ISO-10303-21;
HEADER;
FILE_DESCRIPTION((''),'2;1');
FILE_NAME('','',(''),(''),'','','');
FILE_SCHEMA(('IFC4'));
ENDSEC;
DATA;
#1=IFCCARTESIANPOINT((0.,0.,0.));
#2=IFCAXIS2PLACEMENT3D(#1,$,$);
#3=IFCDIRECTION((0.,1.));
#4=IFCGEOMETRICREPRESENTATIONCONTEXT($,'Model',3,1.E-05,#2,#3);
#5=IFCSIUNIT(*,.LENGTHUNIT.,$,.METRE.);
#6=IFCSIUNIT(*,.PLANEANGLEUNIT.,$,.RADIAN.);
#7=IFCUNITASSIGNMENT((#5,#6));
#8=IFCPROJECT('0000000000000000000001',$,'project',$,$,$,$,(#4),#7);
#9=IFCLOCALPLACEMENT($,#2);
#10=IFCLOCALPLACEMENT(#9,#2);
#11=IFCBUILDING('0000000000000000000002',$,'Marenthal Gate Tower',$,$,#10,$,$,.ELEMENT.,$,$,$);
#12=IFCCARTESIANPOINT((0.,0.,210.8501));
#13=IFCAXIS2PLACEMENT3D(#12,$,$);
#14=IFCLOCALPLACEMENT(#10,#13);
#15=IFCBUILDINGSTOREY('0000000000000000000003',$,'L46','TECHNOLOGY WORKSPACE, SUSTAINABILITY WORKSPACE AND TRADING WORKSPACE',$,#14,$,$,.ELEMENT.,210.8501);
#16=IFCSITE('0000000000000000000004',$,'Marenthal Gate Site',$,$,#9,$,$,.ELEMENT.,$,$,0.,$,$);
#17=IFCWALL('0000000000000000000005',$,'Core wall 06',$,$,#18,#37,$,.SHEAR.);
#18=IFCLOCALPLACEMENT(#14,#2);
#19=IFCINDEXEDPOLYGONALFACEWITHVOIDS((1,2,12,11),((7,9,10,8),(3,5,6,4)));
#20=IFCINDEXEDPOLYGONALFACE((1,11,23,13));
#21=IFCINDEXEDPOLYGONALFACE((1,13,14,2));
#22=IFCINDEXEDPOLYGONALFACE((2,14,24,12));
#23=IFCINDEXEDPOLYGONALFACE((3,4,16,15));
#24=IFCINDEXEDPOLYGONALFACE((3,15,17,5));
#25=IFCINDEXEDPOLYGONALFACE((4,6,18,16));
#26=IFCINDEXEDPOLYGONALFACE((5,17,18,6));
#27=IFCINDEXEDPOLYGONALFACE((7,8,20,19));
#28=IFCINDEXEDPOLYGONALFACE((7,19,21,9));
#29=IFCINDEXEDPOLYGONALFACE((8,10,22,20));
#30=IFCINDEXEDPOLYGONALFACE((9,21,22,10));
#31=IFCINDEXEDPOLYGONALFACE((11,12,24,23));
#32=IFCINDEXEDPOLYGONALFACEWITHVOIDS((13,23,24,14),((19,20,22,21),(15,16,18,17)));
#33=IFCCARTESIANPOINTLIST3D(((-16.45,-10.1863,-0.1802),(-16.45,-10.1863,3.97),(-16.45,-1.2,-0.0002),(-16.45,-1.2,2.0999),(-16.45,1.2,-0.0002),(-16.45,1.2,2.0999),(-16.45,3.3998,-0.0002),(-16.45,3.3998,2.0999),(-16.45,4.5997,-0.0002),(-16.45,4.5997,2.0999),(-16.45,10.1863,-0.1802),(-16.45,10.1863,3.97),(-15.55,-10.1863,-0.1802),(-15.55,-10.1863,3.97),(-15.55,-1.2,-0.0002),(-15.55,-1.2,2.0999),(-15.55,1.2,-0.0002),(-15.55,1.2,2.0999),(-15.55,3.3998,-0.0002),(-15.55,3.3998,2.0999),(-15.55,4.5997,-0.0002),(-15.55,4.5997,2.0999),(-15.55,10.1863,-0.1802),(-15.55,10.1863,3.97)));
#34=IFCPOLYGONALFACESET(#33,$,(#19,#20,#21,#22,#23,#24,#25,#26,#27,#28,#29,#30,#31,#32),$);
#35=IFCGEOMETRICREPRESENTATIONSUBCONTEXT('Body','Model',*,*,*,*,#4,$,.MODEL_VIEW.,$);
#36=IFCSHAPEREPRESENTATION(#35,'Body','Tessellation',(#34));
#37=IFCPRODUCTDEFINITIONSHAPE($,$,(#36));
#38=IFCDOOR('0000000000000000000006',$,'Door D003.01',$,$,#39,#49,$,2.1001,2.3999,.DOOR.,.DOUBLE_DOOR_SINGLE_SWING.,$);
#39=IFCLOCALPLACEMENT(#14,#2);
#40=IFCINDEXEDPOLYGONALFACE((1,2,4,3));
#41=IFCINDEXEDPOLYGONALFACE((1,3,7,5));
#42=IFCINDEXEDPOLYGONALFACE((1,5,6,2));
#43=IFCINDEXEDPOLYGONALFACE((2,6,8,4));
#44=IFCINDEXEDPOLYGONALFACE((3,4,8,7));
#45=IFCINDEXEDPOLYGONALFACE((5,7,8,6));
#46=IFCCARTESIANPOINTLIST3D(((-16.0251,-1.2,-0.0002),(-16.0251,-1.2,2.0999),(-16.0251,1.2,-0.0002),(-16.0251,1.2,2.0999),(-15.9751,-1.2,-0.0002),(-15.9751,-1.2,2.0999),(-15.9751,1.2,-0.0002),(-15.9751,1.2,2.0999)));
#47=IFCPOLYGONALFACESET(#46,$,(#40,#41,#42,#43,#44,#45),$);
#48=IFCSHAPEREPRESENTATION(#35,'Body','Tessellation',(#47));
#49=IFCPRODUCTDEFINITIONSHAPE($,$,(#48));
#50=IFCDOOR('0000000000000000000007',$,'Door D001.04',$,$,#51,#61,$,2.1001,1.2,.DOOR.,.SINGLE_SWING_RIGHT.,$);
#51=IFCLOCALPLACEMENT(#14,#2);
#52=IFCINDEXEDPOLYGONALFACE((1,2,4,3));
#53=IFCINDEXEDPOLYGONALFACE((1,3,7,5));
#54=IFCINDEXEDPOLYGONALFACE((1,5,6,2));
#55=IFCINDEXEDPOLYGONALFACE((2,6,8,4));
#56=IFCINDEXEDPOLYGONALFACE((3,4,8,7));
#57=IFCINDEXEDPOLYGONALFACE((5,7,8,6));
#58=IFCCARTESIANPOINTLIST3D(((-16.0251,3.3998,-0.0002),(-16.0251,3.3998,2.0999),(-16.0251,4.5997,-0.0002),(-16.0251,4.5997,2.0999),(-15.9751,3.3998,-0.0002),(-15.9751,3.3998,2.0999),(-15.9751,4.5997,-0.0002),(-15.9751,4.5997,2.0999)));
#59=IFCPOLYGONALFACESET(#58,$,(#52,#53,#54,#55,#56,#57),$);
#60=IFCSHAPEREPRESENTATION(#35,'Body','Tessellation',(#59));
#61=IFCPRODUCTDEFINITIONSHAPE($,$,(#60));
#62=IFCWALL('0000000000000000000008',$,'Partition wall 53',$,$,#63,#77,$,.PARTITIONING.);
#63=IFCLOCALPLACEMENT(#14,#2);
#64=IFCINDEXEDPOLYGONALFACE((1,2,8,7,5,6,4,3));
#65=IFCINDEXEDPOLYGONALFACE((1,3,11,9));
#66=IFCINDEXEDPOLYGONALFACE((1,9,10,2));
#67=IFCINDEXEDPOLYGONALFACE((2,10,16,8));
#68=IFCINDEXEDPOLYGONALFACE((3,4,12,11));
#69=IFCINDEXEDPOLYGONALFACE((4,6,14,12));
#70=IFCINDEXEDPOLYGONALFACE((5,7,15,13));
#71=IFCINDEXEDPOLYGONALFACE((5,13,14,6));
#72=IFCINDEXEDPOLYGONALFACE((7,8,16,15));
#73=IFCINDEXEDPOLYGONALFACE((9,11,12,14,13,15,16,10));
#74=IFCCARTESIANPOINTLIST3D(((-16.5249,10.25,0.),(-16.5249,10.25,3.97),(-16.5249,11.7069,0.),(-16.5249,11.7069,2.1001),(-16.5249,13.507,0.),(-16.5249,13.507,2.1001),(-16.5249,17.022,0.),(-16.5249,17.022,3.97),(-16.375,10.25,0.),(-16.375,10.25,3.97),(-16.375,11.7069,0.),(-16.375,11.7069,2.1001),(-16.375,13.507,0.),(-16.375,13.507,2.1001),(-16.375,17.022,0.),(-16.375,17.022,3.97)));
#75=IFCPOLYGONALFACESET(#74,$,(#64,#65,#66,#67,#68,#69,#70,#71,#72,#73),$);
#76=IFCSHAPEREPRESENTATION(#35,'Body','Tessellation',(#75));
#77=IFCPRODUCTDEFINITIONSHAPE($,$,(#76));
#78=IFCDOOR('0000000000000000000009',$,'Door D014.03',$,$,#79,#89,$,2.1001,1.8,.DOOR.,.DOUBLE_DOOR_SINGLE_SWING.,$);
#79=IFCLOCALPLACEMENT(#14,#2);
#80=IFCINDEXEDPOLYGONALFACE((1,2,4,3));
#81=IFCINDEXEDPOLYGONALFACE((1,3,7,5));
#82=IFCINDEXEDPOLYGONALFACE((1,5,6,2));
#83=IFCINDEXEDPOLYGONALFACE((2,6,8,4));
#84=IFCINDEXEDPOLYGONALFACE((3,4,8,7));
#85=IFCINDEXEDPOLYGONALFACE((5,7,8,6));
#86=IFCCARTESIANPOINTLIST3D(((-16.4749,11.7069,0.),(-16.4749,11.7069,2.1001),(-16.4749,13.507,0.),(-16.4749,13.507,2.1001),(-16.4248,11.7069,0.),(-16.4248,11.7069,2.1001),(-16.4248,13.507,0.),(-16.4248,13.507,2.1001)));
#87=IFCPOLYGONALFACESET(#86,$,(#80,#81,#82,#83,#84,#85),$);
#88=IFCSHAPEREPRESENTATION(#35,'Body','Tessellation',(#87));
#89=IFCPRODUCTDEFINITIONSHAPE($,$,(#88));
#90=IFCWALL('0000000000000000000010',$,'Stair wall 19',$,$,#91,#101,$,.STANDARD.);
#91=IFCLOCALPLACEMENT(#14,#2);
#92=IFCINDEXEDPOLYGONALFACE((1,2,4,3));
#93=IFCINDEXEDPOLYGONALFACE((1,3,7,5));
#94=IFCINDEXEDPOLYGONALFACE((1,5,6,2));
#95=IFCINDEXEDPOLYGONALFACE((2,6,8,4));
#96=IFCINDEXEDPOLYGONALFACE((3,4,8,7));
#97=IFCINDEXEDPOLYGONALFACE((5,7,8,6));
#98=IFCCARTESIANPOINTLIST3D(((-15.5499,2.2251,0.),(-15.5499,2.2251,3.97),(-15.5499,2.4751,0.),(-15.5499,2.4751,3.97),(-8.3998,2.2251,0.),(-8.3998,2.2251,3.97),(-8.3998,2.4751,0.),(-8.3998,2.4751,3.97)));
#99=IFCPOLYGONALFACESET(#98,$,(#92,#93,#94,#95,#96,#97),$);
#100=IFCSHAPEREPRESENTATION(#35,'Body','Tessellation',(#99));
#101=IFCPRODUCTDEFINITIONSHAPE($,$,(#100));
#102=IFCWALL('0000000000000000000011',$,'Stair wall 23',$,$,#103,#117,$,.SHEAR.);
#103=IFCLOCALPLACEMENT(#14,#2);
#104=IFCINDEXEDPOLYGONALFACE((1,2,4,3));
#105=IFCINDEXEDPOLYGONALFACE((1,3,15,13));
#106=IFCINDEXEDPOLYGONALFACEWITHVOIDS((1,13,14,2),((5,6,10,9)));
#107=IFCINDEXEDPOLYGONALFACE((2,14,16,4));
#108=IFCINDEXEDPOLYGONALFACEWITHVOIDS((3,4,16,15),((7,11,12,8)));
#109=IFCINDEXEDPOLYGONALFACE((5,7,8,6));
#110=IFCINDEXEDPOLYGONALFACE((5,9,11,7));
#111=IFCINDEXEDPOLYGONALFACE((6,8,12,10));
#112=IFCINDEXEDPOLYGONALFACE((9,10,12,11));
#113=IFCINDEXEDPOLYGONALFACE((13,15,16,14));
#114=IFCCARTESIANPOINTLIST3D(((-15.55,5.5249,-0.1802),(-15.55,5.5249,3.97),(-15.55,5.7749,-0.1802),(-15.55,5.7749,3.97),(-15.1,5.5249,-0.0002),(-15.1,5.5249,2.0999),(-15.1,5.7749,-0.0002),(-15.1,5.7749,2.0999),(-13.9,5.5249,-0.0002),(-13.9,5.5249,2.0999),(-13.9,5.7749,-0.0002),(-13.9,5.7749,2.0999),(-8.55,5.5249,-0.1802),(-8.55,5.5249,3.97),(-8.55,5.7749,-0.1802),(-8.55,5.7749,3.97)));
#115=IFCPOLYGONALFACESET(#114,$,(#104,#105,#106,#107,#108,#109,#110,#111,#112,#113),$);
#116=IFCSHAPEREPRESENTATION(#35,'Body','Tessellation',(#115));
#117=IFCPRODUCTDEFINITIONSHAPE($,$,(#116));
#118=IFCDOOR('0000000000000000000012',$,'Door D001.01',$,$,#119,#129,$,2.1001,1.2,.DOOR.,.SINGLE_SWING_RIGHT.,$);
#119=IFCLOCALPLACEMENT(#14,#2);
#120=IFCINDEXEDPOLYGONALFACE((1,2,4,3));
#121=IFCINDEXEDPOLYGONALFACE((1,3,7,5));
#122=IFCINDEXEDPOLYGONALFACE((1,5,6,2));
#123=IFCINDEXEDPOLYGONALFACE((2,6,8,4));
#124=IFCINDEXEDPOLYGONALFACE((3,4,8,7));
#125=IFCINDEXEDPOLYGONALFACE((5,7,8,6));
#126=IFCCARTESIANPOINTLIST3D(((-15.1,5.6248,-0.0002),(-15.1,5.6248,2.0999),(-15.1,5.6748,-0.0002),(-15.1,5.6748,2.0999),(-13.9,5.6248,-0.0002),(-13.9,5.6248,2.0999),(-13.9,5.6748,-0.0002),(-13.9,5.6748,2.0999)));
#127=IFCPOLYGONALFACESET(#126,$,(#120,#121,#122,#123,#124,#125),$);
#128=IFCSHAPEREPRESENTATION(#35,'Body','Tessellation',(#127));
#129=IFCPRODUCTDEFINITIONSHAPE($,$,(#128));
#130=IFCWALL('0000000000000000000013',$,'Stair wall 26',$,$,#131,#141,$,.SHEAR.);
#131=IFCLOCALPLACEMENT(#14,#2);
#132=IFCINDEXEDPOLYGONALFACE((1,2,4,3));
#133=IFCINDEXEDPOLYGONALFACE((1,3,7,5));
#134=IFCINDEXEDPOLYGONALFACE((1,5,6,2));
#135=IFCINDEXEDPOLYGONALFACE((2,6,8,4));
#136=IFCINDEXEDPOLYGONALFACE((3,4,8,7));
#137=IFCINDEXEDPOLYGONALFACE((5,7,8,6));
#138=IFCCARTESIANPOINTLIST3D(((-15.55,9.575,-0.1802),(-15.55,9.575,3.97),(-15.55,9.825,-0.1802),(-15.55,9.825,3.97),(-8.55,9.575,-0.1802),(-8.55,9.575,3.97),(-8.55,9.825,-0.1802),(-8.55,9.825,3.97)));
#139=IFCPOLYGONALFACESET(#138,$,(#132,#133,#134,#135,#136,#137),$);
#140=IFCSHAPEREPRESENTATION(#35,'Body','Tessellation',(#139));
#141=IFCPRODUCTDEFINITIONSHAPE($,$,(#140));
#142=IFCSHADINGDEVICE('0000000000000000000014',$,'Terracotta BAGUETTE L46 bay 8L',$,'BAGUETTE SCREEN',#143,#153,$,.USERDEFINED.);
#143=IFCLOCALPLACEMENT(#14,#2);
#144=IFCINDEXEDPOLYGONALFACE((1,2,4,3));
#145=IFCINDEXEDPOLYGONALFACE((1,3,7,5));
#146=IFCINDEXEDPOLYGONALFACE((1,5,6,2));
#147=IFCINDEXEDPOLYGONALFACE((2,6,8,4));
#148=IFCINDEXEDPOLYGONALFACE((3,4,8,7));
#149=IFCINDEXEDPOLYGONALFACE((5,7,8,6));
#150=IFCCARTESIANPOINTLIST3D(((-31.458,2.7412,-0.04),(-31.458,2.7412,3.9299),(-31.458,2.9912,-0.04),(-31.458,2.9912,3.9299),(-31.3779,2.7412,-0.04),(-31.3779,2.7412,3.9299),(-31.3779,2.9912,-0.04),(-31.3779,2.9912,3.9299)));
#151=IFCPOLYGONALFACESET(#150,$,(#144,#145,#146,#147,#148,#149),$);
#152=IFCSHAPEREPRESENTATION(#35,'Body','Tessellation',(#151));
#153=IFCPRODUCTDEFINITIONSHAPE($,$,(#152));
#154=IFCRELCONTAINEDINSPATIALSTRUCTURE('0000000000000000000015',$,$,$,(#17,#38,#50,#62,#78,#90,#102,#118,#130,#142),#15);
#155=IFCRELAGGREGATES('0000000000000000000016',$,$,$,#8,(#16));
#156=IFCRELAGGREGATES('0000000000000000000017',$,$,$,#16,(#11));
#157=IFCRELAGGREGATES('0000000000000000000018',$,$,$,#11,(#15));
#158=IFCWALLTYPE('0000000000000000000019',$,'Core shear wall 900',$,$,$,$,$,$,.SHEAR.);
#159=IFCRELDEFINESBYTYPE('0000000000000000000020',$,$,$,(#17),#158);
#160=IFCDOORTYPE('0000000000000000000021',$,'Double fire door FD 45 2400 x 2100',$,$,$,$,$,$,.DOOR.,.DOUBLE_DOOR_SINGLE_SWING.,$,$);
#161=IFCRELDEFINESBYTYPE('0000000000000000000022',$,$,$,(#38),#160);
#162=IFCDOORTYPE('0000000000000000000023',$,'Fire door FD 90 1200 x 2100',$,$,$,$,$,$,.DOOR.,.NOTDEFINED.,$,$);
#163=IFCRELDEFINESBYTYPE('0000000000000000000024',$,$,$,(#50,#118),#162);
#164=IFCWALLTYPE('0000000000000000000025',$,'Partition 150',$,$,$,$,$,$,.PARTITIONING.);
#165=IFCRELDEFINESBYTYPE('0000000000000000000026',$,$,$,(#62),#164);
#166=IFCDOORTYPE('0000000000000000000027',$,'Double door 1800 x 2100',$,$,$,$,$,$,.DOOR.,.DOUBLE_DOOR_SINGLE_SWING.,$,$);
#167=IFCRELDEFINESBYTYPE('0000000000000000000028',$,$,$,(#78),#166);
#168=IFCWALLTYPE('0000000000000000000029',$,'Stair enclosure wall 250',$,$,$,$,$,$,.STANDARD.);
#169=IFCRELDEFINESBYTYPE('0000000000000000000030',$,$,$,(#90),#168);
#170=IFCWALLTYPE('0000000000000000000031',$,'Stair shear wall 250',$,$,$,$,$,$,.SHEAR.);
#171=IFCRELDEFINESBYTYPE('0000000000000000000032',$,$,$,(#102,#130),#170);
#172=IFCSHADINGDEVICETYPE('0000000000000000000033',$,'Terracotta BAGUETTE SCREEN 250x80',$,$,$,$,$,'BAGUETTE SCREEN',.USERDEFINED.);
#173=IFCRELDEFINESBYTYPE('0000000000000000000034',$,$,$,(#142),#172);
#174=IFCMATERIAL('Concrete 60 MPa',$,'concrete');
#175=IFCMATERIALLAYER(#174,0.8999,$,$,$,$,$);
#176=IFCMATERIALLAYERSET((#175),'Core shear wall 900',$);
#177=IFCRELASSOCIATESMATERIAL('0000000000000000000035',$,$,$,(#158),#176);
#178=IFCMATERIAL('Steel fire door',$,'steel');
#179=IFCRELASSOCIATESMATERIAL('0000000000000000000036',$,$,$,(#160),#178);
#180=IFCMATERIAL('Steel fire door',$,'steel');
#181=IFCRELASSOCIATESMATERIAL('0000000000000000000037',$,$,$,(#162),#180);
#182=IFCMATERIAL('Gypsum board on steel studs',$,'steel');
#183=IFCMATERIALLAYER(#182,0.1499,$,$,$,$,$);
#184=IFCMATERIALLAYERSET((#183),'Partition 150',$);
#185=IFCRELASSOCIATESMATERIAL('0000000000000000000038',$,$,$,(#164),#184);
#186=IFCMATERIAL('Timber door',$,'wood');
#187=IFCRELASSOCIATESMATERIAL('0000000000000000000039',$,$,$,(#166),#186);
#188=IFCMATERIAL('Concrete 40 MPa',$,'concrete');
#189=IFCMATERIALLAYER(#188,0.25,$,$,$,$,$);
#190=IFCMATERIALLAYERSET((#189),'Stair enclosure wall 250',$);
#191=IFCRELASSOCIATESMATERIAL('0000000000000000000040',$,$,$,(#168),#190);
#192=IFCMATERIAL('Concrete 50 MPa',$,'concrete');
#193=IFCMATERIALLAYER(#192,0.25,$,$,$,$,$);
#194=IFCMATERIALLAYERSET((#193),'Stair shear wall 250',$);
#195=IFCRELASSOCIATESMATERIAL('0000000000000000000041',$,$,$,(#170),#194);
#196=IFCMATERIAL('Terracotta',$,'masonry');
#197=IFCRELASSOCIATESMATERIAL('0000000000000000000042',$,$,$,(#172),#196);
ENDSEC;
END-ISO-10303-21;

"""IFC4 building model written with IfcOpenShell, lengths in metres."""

from ifc_helpers import new_model, si_unit, direction, frame, frame_2d, origin, origin_2d, place, context, subcontext, project, spatial, rectangle, extrude, material, layer, layer_set, material_profile, profile_set, type_object, element, fill, save


model = new_model("IFC4")

# Units and contexts
model_context = context("Model", 3, precision=1e-05, world=origin(), true_north=direction((0.0, 1.0)))
body_context = subcontext(model_context, "Body", "Model", "MODEL_VIEW")
ifc_project = project(units=[si_unit("LENGTHUNIT", "METRE"), si_unit("PLANEANGLEUNIT", "RADIAN")], contexts=[model_context])

# Site, building, storey
site_placement = place(None, origin())
site = spatial("IfcSite", under=ifc_project, at=site_placement, Name="Marenthal Gate Site", CompositionType="ELEMENT", RefElevation=0.0)
building_placement = place(site_placement, origin())
building = spatial("IfcBuilding", under=site, at=building_placement, Name="Marenthal Gate Tower", CompositionType="ELEMENT")
storey_placement = place(building_placement, frame((0.0, 0.0, 210.8501)))
storey = spatial("IfcBuildingStorey", under=building, at=storey_placement, Name="L46", Description="TECHNOLOGY WORKSPACE, SUSTAINABILITY WORKSPACE AND TRADING WORKSPACE", CompositionType="ELEMENT", Elevation=210.8501)

# Wall, openings, doors
ifc_material_1 = material(Name="Concrete 60 MPa", Category="concrete")
ifc_layer_1 = layer(ifc_material_1, 0.8999)
ifc_layer_set_1 = layer_set([ifc_layer_1], Name="Core shear wall 900")
wall_type_1 = type_object("IfcWallType", Name="Core shear wall 900", PredefinedType="SHEAR", material=ifc_layer_set_1)
wall_1_placement = place(storey_placement, frame((-16.0, 10.1863, -0.1802), z_axis=(0.0, 0.0, 1.0), x_axis=(0.0, -1.0, 0.0)))
wall_1 = element("IfcWall", 1, at=wall_1_placement, inside=storey, type_object=wall_type_1, Name="Core wall 06", PredefinedType="SHEAR", context=body_context, shape_type="SweptSolid", body=[
    extrude(rectangle(XDim=20.3726, YDim=0.8999, at=frame_2d((10.1863, 0.0))), origin(), (0.0, 0.0, 1.0), 4.1501),
])
opening_1_placement = place(wall_1_placement, frame((8.9863, 0.0, 0.1799)))
opening_1 = element("IfcOpeningElement", 2, at=opening_1_placement, cuts=wall_1, PredefinedType="OPENING", context=body_context, shape_type="SweptSolid", body=[
    extrude(rectangle(XDim=2.3999, YDim=2.1001, at=frame_2d((1.2, 1.05))), frame((0.0, 0.46, 0.0), z_axis=(0.0, -1.0, 0.0), x_axis=(1.0, 0.0, 0.0)), (0.0, 0.0, 1.0), 0.9199),
])
opening_2_placement = place(wall_1_placement, frame((5.5864, 0.0, 0.1799)))
opening_2 = element("IfcOpeningElement", 3, at=opening_2_placement, cuts=wall_1, PredefinedType="OPENING", context=body_context, shape_type="SweptSolid", body=[
    extrude(rectangle(XDim=1.2, YDim=2.1001, at=frame_2d((0.6001, 1.05))), frame((0.0, 0.46, 0.0), z_axis=(0.0, -1.0, 0.0), x_axis=(1.0, 0.0, 0.0)), (0.0, 0.0, 1.0), 0.9199),
])
ifc_material_2 = material(Name="Steel fire door", Category="steel")
door_type_1 = type_object("IfcDoorType", Name="Double fire door FD 45 2400 x 2100", OperationType="DOUBLE_DOOR_SINGLE_SWING", PredefinedType="DOOR", material=ifc_material_2)
door_1_placement = place(opening_1_placement, origin())
door_1 = element("IfcDoor", 4, at=door_1_placement, inside=storey, type_object=door_type_1, Name="Door D003.01", OperationType="DOUBLE_DOOR_SINGLE_SWING", OverallHeight=2.1001, OverallWidth=2.3999, PredefinedType="DOOR", context=body_context, shape_type="SweptSolid", body=[
    extrude(rectangle(XDim=2.3999, YDim=2.1001, at=frame_2d((1.2, 1.05))), frame((0.0, 0.0249, 0.0), z_axis=(0.0, -1.0, 0.0), x_axis=(1.0, 0.0, 0.0)), (0.0, 0.0, 1.0), 0.05),
])
fill(opening_1, door_1)
ifc_material_3 = material(Name="Steel fire door", Category="steel")
door_type_2 = type_object("IfcDoorType", Name="Fire door FD 90 1200 x 2100", OperationType="NOTDEFINED", PredefinedType="DOOR", material=ifc_material_3)
door_2_placement = place(opening_2_placement, origin())
door_2 = element("IfcDoor", 5, at=door_2_placement, inside=storey, type_object=door_type_2, Name="Door D001.04", OperationType="SINGLE_SWING_RIGHT", OverallHeight=2.1001, OverallWidth=1.2, PredefinedType="DOOR", context=body_context, shape_type="SweptSolid", body=[
    extrude(rectangle(XDim=1.2, YDim=2.1001, at=frame_2d((0.6001, 1.05))), frame((0.0, 0.0249, 0.0), z_axis=(0.0, -1.0, 0.0), x_axis=(1.0, 0.0, 0.0)), (0.0, 0.0, 1.0), 0.05),
])
fill(opening_2, door_2)

# Wall, opening, door
ifc_material_4 = material(Name="Gypsum board on steel studs", Category="steel")
ifc_layer_2 = layer(ifc_material_4, 0.1499)
ifc_layer_set_2 = layer_set([ifc_layer_2], Name="Partition 150")
wall_type_2 = type_object("IfcWallType", Name="Partition 150", PredefinedType="PARTITIONING", material=ifc_layer_set_2)
wall_2_placement = place(storey_placement, frame((-16.45, 10.25, 0.0), z_axis=(0.0, 0.0, 1.0), x_axis=(0.0, 1.0, 0.0)))
wall_2 = element("IfcWall", 6, at=wall_2_placement, inside=storey, type_object=wall_type_2, Name="Partition wall 53", PredefinedType="PARTITIONING", context=body_context, shape_type="SweptSolid", body=[
    extrude(rectangle(XDim=6.772, YDim=0.1499, at=frame_2d((3.386, 0.0))), origin(), (0.0, 0.0, 1.0), 3.97),
])
opening_3_placement = place(wall_2_placement, frame((1.457, 0.0, 0.0)))
opening_3 = element("IfcOpeningElement", 7, at=opening_3_placement, cuts=wall_2, PredefinedType="OPENING", context=body_context, shape_type="SweptSolid", body=[
    extrude(rectangle(XDim=1.8, YDim=2.1001, at=frame_2d((0.8999, 1.05))), frame((0.0, 0.085, 0.0), z_axis=(0.0, -1.0, 0.0), x_axis=(1.0, 0.0, 0.0)), (0.0, 0.0, 1.0), 0.1699),
])
ifc_material_5 = material(Name="Timber door", Category="wood")
door_type_3 = type_object("IfcDoorType", Name="Double door 1800 x 2100", OperationType="DOUBLE_DOOR_SINGLE_SWING", PredefinedType="DOOR", material=ifc_material_5)
door_3_placement = place(opening_3_placement, origin())
door_3 = element("IfcDoor", 8, at=door_3_placement, inside=storey, type_object=door_type_3, Name="Door D014.03", OperationType="DOUBLE_DOOR_SINGLE_SWING", OverallHeight=2.1001, OverallWidth=1.8, PredefinedType="DOOR", context=body_context, shape_type="SweptSolid", body=[
    extrude(rectangle(XDim=1.8, YDim=2.1001, at=frame_2d((0.8999, 1.05))), frame((0.0, 0.0249, 0.0), z_axis=(0.0, -1.0, 0.0), x_axis=(1.0, 0.0, 0.0)), (0.0, 0.0, 1.0), 0.05),
])
fill(opening_3, door_3)

# Wall
ifc_material_6 = material(Name="Concrete 40 MPa", Category="concrete")
ifc_layer_3 = layer(ifc_material_6, 0.25)
ifc_layer_set_3 = layer_set([ifc_layer_3], Name="Stair enclosure wall 250")
wall_type_3 = type_object("IfcWallType", Name="Stair enclosure wall 250", PredefinedType="STANDARD", material=ifc_layer_set_3)
wall_3_placement = place(storey_placement, frame((-15.55, 2.3501, 0.0), z_axis=(0.0, 0.0, 1.0), x_axis=(1.0, 0.0, 0.0)))
element("IfcWall", 9, at=wall_3_placement, inside=storey, type_object=wall_type_3, Name="Stair wall 19", PredefinedType="STANDARD", context=body_context, shape_type="SweptSolid", body=[
    extrude(rectangle(XDim=7.1501, YDim=0.25, at=frame_2d((3.5752, 0.0))), origin(), (0.0, 0.0, 1.0), 3.97),
])

# Wall, opening, door
ifc_material_7 = material(Name="Concrete 50 MPa", Category="concrete")
ifc_layer_4 = layer(ifc_material_7, 0.25)
ifc_layer_set_4 = layer_set([ifc_layer_4], Name="Stair shear wall 250")
wall_type_4 = type_object("IfcWallType", Name="Stair shear wall 250", PredefinedType="SHEAR", material=ifc_layer_set_4)
wall_4_placement = place(storey_placement, frame((-15.55, 5.6499, -0.1802), z_axis=(0.0, 0.0, 1.0), x_axis=(1.0, 0.0, 0.0)))
wall_4 = element("IfcWall", 10, at=wall_4_placement, inside=storey, type_object=wall_type_4, Name="Stair wall 23", PredefinedType="SHEAR", context=body_context, shape_type="SweptSolid", body=[
    extrude(rectangle(XDim=7.0, YDim=0.25, at=frame_2d((3.5, 0.0))), origin(), (0.0, 0.0, 1.0), 4.1501),
])
opening_4_placement = place(wall_4_placement, frame((0.45, 0.0, 0.1799)))
opening_4 = element("IfcOpeningElement", 11, at=opening_4_placement, cuts=wall_4, PredefinedType="OPENING", context=body_context, shape_type="SweptSolid", body=[
    extrude(rectangle(XDim=1.2, YDim=2.1001, at=frame_2d((0.6001, 1.05))), frame((0.0, 0.135, 0.0), z_axis=(0.0, -1.0, 0.0), x_axis=(1.0, 0.0, 0.0)), (0.0, 0.0, 1.0), 0.27),
])
door_4_placement = place(opening_4_placement, origin())
door_4 = element("IfcDoor", 12, at=door_4_placement, inside=storey, type_object=door_type_2, Name="Door D001.01", OperationType="SINGLE_SWING_RIGHT", OverallHeight=2.1001, OverallWidth=1.2, PredefinedType="DOOR", context=body_context, shape_type="SweptSolid", body=[
    extrude(rectangle(XDim=1.2, YDim=2.1001, at=frame_2d((0.6001, 1.05))), frame((0.0, 0.0249, 0.0), z_axis=(0.0, -1.0, 0.0), x_axis=(1.0, 0.0, 0.0)), (0.0, 0.0, 1.0), 0.05),
])
fill(opening_4, door_4)

# Wall
wall_5_placement = place(storey_placement, frame((-15.55, 9.7, -0.1802), z_axis=(0.0, 0.0, 1.0), x_axis=(1.0, 0.0, 0.0)))
element("IfcWall", 13, at=wall_5_placement, inside=storey, type_object=wall_type_4, Name="Stair wall 26", PredefinedType="SHEAR", context=body_context, shape_type="SweptSolid", body=[
    extrude(rectangle(XDim=7.0, YDim=0.25, at=frame_2d((3.5, 0.0))), origin(), (0.0, 0.0, 1.0), 4.1501),
])

# Shading device
ifc_material_8 = material(Name="Terracotta", Category="masonry")
ifc_material_profile_1 = material_profile(ifc_material_8, rectangle(XDim=0.25, YDim=0.0801, at=origin_2d()), Name="Terracotta baguette 250x80")
ifc_profile_set_1 = profile_set([ifc_material_profile_1], Name="Terracotta")
shading_device_type = type_object("IfcShadingDeviceType", Name="Terracotta BAGUETTE SCREEN 250x80", ElementType="BAGUETTE SCREEN", PredefinedType="USERDEFINED", material=ifc_profile_set_1)
shading_device_placement = place(storey_placement, frame((-31.418, 2.8662, -0.04), z_axis=(0.0, 0.0, 1.0), x_axis=(0.0, -1.0, 0.0)))
element("IfcShadingDevice", 14, at=shading_device_placement, inside=storey, type_object=shading_device_type, Name="Terracotta BAGUETTE L46 bay 8L", ObjectType="BAGUETTE SCREEN", PredefinedType="USERDEFINED", context=body_context, shape_type="SweptSolid", body=[
    extrude(rectangle(XDim=0.25, YDim=0.0801, at=origin_2d()), origin(), (0.0, 0.0, 1.0), 3.97),
])

save(model, "model.ifc")
